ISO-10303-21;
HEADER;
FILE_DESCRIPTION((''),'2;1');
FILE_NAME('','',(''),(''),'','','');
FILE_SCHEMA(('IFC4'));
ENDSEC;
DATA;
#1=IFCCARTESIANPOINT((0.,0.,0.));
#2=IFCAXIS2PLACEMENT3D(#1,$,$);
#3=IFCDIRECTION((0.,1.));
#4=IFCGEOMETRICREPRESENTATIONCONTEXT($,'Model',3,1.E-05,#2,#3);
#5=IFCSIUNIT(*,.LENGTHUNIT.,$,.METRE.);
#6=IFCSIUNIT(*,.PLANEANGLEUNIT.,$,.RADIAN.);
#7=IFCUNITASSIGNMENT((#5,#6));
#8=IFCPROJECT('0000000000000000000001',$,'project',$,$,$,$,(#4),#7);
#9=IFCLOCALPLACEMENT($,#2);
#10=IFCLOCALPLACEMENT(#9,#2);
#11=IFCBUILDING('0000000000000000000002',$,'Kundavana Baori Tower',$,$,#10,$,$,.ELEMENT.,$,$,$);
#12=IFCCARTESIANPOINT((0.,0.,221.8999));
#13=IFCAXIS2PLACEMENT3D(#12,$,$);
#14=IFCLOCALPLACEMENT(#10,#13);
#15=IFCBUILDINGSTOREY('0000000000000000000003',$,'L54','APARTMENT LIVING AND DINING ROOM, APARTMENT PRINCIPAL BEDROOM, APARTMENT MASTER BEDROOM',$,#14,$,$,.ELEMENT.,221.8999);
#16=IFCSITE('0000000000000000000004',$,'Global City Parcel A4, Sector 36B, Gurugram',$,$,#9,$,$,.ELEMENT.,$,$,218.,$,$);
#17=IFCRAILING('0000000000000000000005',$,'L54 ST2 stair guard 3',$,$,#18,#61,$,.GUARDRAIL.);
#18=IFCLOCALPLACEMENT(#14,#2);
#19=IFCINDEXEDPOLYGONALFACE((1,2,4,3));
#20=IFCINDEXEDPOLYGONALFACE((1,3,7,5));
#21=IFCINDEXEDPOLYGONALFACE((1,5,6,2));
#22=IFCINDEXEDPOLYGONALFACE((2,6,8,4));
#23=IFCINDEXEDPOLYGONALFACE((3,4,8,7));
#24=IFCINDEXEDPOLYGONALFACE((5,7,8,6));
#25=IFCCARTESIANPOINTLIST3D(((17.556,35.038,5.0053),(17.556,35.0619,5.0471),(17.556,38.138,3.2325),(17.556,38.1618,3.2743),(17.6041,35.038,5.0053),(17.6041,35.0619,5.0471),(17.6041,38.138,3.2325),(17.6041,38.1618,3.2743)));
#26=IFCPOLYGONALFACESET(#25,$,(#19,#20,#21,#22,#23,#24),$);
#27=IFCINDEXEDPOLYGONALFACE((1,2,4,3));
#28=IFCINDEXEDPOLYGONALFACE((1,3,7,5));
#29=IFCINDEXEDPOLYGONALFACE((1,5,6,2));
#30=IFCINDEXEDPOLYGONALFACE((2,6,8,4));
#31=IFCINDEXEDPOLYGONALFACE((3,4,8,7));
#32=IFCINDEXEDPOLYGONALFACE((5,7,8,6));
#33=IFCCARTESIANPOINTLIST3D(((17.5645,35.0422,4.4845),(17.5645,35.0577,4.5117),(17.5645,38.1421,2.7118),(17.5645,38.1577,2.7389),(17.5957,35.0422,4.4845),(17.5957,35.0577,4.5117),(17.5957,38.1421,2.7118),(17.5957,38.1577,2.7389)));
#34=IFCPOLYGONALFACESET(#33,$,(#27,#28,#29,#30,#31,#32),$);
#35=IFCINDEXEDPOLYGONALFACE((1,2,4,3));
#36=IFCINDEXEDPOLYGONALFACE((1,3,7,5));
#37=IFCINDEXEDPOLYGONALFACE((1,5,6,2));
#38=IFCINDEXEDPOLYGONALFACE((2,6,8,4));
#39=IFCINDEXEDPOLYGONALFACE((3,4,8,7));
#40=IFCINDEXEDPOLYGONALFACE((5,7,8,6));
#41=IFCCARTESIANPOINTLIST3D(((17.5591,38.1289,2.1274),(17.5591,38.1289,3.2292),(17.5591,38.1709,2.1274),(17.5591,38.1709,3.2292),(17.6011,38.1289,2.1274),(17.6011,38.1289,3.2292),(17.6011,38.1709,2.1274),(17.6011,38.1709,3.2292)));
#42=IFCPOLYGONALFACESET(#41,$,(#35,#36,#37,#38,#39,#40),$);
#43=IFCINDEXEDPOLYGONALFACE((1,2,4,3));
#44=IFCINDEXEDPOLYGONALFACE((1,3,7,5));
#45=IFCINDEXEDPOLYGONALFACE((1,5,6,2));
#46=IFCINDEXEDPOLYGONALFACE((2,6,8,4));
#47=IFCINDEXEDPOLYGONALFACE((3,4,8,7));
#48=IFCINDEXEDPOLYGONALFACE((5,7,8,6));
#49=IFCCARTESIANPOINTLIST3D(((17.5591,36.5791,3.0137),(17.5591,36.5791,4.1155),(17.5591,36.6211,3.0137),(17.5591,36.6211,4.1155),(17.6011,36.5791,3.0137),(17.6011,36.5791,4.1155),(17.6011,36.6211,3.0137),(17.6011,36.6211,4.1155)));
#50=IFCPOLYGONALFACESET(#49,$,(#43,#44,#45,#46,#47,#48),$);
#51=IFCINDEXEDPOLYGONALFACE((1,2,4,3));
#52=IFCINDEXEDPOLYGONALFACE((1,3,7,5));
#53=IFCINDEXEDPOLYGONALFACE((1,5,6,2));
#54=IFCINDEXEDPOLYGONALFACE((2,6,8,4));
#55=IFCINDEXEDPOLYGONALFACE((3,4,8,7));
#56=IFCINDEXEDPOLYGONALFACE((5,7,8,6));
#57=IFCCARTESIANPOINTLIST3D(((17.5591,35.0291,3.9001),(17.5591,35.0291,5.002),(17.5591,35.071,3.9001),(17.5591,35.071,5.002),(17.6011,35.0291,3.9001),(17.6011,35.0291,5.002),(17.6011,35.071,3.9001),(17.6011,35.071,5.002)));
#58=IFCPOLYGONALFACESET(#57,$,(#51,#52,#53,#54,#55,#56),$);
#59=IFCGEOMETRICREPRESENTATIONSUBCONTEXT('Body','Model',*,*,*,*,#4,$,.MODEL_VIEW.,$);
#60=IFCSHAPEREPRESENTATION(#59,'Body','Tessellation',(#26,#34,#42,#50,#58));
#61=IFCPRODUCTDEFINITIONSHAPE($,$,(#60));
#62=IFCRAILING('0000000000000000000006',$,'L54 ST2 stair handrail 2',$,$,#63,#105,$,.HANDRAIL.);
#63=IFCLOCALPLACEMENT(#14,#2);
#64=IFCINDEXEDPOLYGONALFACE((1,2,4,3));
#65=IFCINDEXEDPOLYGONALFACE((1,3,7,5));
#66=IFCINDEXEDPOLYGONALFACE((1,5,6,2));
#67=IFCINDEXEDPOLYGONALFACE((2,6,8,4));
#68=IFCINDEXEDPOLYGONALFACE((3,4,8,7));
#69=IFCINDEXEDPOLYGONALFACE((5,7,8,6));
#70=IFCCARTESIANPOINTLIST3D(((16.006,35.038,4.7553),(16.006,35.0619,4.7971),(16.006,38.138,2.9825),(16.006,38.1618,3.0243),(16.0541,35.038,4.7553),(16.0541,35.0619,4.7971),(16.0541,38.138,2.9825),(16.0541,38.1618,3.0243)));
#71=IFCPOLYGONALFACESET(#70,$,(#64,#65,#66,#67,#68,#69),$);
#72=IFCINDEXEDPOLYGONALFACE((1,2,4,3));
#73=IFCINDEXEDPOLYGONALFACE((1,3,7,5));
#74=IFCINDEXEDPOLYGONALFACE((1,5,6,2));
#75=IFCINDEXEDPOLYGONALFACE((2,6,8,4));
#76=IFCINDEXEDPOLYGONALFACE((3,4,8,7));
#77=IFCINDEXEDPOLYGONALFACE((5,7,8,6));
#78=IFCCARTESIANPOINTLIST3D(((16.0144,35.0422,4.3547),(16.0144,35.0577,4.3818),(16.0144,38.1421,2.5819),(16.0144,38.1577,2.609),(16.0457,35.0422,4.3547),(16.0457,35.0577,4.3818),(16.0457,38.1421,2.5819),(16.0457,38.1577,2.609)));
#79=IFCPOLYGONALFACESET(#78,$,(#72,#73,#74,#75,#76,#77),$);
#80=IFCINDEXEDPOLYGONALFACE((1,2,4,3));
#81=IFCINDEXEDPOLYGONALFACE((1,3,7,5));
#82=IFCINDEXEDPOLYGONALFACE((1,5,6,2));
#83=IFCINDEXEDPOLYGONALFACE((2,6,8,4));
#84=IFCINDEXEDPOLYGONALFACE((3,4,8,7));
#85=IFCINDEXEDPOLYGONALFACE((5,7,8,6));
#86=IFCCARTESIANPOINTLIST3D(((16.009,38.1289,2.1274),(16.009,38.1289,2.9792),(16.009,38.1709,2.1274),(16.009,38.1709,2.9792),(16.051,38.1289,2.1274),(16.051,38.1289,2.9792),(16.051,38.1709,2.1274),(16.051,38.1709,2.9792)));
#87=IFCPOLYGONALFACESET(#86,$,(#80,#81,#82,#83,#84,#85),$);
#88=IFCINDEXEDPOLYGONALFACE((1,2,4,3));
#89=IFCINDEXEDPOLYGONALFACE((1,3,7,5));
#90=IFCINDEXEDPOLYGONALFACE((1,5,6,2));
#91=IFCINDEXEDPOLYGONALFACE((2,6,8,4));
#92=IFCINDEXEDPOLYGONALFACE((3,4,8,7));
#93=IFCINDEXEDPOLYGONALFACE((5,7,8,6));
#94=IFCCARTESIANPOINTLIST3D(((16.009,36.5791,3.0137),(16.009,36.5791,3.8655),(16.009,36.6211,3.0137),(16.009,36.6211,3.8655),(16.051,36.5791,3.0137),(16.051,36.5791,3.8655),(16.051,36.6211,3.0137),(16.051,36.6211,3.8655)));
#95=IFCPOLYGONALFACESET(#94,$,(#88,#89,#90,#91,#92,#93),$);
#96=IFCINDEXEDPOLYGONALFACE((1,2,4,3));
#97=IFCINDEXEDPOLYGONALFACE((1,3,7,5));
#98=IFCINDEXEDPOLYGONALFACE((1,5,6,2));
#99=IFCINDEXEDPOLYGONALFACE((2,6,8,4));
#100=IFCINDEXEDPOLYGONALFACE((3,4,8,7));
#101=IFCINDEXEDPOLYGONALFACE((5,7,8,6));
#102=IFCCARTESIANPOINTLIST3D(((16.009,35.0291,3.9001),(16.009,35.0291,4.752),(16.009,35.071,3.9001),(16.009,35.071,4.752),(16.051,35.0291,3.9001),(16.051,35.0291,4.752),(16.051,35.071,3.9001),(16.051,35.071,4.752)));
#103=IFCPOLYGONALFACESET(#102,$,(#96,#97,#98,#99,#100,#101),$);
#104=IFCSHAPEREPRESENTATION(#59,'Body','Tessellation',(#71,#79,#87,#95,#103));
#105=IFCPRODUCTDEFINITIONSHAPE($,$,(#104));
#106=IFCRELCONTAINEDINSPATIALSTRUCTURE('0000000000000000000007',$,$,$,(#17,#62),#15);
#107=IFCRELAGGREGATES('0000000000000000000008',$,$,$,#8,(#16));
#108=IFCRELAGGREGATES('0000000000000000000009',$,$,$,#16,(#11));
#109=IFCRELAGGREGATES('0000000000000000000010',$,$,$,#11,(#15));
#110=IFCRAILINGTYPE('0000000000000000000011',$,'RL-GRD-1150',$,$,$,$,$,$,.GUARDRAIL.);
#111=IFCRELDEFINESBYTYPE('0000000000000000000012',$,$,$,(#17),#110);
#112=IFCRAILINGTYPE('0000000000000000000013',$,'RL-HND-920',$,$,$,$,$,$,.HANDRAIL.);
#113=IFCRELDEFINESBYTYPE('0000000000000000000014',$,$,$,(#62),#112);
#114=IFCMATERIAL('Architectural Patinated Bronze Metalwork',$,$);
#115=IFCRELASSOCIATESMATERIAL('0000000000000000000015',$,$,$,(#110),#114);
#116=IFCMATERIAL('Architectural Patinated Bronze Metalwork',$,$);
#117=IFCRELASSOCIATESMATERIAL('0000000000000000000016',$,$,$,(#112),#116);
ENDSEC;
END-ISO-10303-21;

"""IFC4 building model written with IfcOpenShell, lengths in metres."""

from ifc_helpers import new_model, si_unit, direction, frame, origin, origin_2d, place, context, subcontext, project, spatial, rectangle, extrude, material, type_object, element, save


model = new_model("IFC4")

# Units and contexts
model_context = context("Model", 3, precision=1e-05, world=origin(), true_north=direction((0.0, 1.0)))
body_context = subcontext(model_context, "Body", "Model", "MODEL_VIEW")
ifc_project = project(units=[si_unit("LENGTHUNIT", "METRE"), si_unit("PLANEANGLEUNIT", "RADIAN")], contexts=[model_context])

# Site, building, storey
site_placement = place(None, origin())
site = spatial("IfcSite", under=ifc_project, at=site_placement, Name="Global City Parcel A4, Sector 36B, Gurugram", CompositionType="ELEMENT", RefElevation=218.0)
building_placement = place(site_placement, origin())
building = spatial("IfcBuilding", under=site, at=building_placement, Name="Kundavana Baori Tower", CompositionType="ELEMENT")
storey_placement = place(building_placement, frame((0.0, 0.0, 221.8999)))
storey = spatial("IfcBuildingStorey", under=building, at=storey_placement, Name="L54", Description="APARTMENT LIVING AND DINING ROOM, APARTMENT PRINCIPAL BEDROOM, APARTMENT MASTER BEDROOM", CompositionType="ELEMENT", Elevation=221.8999)

# Railings
ifc_material_1 = material(Name="Architectural Patinated Bronze Metalwork")
railing_type_1 = type_object("IfcRailingType", Name="RL-GRD-1150", PredefinedType="GUARDRAIL", material=ifc_material_1)
railing_1_placement = place(storey_placement, frame((17.5801, 38.1499, 2.1274)))
element("IfcRailing", 1, at=railing_1_placement, inside=storey, type_object=railing_type_1, Name="L54 ST2 stair guard 3", PredefinedType="GUARDRAIL", context=body_context, shape_type="SweptSolid", body=[
    extrude(rectangle(XDim=0.0481, YDim=0.0481, at=origin_2d()), frame((0.0, 0.0, 1.126), z_axis=(0.0, -0.868079, 0.496426), x_axis=(1.0, 0.0, 0.0)), (0.0, 0.0, 1.0), 3.571),
    extrude(rectangle(XDim=0.0312, YDim=0.0312, at=origin_2d()), frame((0.0, 0.0, 0.5979), z_axis=(0.0, -0.868079, 0.496426), x_axis=(1.0, 0.0, 0.0)), (0.0, 0.0, 1.0), 3.571),
    extrude(rectangle(XDim=0.042, YDim=0.042, at=origin_2d()), origin(), (0.0, 0.0, 1.0), 1.1018),
    extrude(rectangle(XDim=0.042, YDim=0.042, at=origin_2d()), frame((0.0, -1.5498, 0.8862)), (0.0, 0.0, 1.0), 1.1018),
    extrude(rectangle(XDim=0.042, YDim=0.042, at=origin_2d()), frame((0.0, -3.0999, 1.7727)), (0.0, 0.0, 1.0), 1.1018),
])
ifc_material_2 = material(Name="Architectural Patinated Bronze Metalwork")
railing_type_2 = type_object("IfcRailingType", Name="RL-HND-920", PredefinedType="HANDRAIL", material=ifc_material_2)
railing_2_placement = place(storey_placement, frame((16.03, 38.1499, 2.1274)))
element("IfcRailing", 2, at=railing_2_placement, inside=storey, type_object=railing_type_2, Name="L54 ST2 stair handrail 2", PredefinedType="HANDRAIL", context=body_context, shape_type="SweptSolid", body=[
    extrude(rectangle(XDim=0.0481, YDim=0.0481, at=origin_2d()), frame((0.0, 0.0, 0.876), z_axis=(0.0, -0.868079, 0.496426), x_axis=(1.0, 0.0, 0.0)), (0.0, 0.0, 1.0), 3.571),
    extrude(rectangle(XDim=0.0312, YDim=0.0312, at=origin_2d()), frame((0.0, 0.0, 0.468), z_axis=(0.0, -0.868079, 0.496426), x_axis=(1.0, 0.0, 0.0)), (0.0, 0.0, 1.0), 3.571),
    extrude(rectangle(XDim=0.042, YDim=0.042, at=origin_2d()), origin(), (0.0, 0.0, 1.0), 0.8518),
    extrude(rectangle(XDim=0.042, YDim=0.042, at=origin_2d()), frame((0.0, -1.5498, 0.8862)), (0.0, 0.0, 1.0), 0.8518),
    extrude(rectangle(XDim=0.042, YDim=0.042, at=origin_2d()), frame((0.0, -3.0999, 1.7727)), (0.0, 0.0, 1.0), 0.8518),
])

save(model, "model.ifc")
